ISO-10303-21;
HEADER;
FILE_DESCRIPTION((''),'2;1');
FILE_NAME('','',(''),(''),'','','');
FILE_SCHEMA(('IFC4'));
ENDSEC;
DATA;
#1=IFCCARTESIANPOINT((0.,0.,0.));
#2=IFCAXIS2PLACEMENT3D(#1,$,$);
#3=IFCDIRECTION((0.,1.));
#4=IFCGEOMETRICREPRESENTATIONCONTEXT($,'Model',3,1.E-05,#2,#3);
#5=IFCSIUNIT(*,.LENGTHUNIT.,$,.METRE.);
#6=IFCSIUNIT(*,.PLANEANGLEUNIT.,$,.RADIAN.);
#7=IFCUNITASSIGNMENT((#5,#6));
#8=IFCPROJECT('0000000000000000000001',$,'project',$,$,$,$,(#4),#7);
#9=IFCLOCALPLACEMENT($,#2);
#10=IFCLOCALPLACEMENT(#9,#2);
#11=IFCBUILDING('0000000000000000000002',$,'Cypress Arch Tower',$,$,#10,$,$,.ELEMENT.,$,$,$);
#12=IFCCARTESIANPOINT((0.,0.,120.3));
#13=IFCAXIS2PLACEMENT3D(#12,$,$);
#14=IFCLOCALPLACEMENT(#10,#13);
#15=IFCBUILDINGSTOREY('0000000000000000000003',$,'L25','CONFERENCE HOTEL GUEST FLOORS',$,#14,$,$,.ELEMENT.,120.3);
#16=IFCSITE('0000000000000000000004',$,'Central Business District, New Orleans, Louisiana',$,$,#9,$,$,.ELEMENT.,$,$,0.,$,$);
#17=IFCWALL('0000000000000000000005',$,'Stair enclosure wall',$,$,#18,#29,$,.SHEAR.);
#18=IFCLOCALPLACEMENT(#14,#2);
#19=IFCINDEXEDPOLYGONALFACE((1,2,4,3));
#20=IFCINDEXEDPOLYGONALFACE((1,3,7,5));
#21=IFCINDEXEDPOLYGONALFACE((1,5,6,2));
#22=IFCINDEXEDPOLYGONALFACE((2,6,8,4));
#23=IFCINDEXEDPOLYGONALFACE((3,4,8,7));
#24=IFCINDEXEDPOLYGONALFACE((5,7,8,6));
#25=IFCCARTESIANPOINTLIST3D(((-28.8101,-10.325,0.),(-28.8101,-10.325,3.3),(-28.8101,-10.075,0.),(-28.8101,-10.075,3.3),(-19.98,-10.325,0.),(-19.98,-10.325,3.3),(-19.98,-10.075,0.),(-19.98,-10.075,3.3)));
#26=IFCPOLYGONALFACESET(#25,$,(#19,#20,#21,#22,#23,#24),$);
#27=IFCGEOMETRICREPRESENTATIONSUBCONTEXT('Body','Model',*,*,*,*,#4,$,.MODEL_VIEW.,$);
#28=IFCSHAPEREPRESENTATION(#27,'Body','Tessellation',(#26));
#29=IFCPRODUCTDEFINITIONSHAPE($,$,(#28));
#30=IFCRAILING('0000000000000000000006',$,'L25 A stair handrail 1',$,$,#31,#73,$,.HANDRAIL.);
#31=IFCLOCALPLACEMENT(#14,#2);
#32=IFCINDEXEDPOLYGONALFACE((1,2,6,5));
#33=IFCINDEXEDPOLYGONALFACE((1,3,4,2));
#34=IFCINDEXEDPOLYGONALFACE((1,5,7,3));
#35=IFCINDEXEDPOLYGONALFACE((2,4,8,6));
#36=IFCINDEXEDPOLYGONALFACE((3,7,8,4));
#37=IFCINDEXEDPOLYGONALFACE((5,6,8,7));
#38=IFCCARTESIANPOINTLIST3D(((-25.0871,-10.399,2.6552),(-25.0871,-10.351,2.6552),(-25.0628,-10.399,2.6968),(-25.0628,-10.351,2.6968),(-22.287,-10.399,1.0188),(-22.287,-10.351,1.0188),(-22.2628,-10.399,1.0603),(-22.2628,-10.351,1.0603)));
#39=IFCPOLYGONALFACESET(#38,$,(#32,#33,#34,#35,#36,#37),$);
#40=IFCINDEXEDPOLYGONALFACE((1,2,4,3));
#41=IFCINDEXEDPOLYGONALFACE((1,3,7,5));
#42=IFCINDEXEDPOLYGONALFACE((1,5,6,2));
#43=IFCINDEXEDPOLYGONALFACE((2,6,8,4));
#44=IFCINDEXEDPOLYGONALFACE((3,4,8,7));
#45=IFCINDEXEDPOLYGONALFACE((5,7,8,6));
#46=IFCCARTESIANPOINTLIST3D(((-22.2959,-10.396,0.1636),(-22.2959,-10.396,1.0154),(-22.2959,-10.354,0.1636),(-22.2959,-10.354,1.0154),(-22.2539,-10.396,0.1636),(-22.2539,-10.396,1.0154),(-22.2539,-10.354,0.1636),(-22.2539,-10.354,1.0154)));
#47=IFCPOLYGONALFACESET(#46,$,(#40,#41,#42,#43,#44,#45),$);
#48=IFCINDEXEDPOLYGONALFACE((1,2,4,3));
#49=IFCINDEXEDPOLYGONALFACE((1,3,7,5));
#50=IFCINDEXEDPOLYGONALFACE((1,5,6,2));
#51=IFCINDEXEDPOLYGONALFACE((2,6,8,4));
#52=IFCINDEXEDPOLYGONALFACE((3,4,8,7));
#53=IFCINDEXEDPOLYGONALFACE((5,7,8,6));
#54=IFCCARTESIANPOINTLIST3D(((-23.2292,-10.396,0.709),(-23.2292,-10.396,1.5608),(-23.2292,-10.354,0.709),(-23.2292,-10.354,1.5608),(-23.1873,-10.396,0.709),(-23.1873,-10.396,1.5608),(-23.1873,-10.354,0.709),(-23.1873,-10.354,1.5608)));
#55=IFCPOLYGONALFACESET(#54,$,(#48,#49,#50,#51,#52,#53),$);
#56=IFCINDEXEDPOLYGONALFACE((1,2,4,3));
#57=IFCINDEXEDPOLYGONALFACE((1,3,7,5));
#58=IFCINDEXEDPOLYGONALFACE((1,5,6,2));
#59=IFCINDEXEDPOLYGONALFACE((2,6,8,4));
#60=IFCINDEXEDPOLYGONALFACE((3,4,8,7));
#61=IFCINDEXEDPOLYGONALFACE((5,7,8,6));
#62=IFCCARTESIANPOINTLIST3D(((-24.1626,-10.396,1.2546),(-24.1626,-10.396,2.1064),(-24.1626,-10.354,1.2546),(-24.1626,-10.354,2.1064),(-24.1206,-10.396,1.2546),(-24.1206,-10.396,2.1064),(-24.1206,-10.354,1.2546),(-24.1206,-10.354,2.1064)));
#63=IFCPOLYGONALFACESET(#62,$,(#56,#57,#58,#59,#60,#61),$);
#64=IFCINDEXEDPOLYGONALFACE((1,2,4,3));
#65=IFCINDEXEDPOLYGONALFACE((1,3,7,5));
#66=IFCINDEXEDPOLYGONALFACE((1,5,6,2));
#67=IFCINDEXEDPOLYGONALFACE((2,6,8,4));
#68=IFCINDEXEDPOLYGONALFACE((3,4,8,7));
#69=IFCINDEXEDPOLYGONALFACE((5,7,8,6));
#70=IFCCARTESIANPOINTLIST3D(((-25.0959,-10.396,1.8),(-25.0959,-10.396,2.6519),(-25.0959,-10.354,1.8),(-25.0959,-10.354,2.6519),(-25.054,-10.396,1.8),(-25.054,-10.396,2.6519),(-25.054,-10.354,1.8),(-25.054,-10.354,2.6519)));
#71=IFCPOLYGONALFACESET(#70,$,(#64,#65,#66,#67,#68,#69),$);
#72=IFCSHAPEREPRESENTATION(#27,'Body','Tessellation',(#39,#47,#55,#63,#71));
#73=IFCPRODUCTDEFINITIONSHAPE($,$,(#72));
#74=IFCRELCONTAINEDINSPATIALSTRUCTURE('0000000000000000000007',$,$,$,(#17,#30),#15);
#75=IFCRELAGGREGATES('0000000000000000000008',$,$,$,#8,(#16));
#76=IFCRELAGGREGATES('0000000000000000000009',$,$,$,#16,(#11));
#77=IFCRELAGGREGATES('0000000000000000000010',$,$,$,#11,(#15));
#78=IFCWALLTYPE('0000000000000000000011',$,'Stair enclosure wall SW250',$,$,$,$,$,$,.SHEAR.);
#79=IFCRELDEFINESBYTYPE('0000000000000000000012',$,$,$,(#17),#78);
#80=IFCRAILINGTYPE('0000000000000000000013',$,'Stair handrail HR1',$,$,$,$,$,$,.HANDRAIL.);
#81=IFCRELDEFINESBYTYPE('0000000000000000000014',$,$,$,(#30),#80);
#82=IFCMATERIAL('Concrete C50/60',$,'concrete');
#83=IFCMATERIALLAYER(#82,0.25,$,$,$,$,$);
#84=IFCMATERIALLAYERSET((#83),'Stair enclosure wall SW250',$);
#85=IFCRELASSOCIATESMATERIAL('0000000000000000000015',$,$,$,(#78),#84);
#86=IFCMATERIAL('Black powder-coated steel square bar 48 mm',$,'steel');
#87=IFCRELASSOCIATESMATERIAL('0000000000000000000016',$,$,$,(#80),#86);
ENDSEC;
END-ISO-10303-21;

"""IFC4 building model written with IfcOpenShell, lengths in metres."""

from ifc_helpers import new_model, si_unit, direction, frame, frame_2d, origin, origin_2d, place, context, subcontext, project, spatial, rectangle, extrude, material, layer, layer_set, type_object, element, save


model = new_model("IFC4")

# Units and contexts
model_context = context("Model", 3, precision=1e-05, world=origin(), true_north=direction((0.0, 1.0)))
body_context = subcontext(model_context, "Body", "Model", "MODEL_VIEW")
ifc_project = project(units=[si_unit("LENGTHUNIT", "METRE"), si_unit("PLANEANGLEUNIT", "RADIAN")], contexts=[model_context])

# Site, building, storey
site_placement = place(None, origin())
site = spatial("IfcSite", under=ifc_project, at=site_placement, Name="Central Business District, New Orleans, Louisiana", CompositionType="ELEMENT", RefElevation=0.0)
building_placement = place(site_placement, origin())
building = spatial("IfcBuilding", under=site, at=building_placement, Name="Cypress Arch Tower", CompositionType="ELEMENT")
storey_placement = place(building_placement, frame((0.0, 0.0, 120.3)))
storey = spatial("IfcBuildingStorey", under=building, at=storey_placement, Name="L25", Description="CONFERENCE HOTEL GUEST FLOORS", CompositionType="ELEMENT", Elevation=120.3)

# Wall
ifc_material_1 = material(Name="Concrete C50/60", Category="concrete")
ifc_layer_1 = layer(ifc_material_1, 0.25)
ifc_layer_set_1 = layer_set([ifc_layer_1], Name="Stair enclosure wall SW250")
wall_type_1 = type_object("IfcWallType", Name="Stair enclosure wall SW250", PredefinedType="SHEAR", material=ifc_layer_set_1)
wall_1_placement = place(storey_placement, frame((-28.8101, -10.2, 0.0), z_axis=(0.0, 0.0, 1.0), x_axis=(1.0, 0.0, 0.0)))
element("IfcWall", 1, at=wall_1_placement, inside=storey, type_object=wall_type_1, Name="Stair enclosure wall", PredefinedType="SHEAR", context=body_context, shape_type="SweptSolid", body=[
    extrude(rectangle(XDim=8.8301, YDim=0.25, at=frame_2d((4.415, 0.0))), origin(), (0.0, 0.0, 1.0), 3.3),
])

# Railing
ifc_material_2 = material(Name="Black powder-coated steel square bar 48 mm", Category="steel")
railing_type = type_object("IfcRailingType", Name="Stair handrail HR1", PredefinedType="HANDRAIL", material=ifc_material_2)
railing_placement = place(storey_placement, frame((-22.2749, -10.375, 0.1636)))
element("IfcRailing", 2, at=railing_placement, inside=storey, type_object=railing_type, Name="L25 A stair handrail 1", PredefinedType="HANDRAIL", context=body_context, shape_type="SweptSolid", body=[
    extrude(rectangle(XDim=0.0481, YDim=0.0481, at=origin_2d()), frame((0.0, 0.0, 0.876), z_axis=(-0.863361, 0.0, 0.504587), x_axis=(0.0, -1.0, 0.0)), (0.0, 0.0, 1.0), 3.2432),
    extrude(rectangle(XDim=0.042, YDim=0.042, at=origin_2d()), origin(), (0.0, 0.0, 1.0), 0.8518),
    extrude(rectangle(XDim=0.042, YDim=0.042, at=origin_2d()), frame((-0.9333, 0.0, 0.5454)), (0.0, 0.0, 1.0), 0.8518),
    extrude(rectangle(XDim=0.042, YDim=0.042, at=origin_2d()), frame((-1.8667, 0.0, 1.0911)), (0.0, 0.0, 1.0), 0.8518),
    extrude(rectangle(XDim=0.042, YDim=0.042, at=origin_2d()), frame((-2.8, 0.0, 1.6365)), (0.0, 0.0, 1.0), 0.8518),
])

save(model, "model.ifc")
